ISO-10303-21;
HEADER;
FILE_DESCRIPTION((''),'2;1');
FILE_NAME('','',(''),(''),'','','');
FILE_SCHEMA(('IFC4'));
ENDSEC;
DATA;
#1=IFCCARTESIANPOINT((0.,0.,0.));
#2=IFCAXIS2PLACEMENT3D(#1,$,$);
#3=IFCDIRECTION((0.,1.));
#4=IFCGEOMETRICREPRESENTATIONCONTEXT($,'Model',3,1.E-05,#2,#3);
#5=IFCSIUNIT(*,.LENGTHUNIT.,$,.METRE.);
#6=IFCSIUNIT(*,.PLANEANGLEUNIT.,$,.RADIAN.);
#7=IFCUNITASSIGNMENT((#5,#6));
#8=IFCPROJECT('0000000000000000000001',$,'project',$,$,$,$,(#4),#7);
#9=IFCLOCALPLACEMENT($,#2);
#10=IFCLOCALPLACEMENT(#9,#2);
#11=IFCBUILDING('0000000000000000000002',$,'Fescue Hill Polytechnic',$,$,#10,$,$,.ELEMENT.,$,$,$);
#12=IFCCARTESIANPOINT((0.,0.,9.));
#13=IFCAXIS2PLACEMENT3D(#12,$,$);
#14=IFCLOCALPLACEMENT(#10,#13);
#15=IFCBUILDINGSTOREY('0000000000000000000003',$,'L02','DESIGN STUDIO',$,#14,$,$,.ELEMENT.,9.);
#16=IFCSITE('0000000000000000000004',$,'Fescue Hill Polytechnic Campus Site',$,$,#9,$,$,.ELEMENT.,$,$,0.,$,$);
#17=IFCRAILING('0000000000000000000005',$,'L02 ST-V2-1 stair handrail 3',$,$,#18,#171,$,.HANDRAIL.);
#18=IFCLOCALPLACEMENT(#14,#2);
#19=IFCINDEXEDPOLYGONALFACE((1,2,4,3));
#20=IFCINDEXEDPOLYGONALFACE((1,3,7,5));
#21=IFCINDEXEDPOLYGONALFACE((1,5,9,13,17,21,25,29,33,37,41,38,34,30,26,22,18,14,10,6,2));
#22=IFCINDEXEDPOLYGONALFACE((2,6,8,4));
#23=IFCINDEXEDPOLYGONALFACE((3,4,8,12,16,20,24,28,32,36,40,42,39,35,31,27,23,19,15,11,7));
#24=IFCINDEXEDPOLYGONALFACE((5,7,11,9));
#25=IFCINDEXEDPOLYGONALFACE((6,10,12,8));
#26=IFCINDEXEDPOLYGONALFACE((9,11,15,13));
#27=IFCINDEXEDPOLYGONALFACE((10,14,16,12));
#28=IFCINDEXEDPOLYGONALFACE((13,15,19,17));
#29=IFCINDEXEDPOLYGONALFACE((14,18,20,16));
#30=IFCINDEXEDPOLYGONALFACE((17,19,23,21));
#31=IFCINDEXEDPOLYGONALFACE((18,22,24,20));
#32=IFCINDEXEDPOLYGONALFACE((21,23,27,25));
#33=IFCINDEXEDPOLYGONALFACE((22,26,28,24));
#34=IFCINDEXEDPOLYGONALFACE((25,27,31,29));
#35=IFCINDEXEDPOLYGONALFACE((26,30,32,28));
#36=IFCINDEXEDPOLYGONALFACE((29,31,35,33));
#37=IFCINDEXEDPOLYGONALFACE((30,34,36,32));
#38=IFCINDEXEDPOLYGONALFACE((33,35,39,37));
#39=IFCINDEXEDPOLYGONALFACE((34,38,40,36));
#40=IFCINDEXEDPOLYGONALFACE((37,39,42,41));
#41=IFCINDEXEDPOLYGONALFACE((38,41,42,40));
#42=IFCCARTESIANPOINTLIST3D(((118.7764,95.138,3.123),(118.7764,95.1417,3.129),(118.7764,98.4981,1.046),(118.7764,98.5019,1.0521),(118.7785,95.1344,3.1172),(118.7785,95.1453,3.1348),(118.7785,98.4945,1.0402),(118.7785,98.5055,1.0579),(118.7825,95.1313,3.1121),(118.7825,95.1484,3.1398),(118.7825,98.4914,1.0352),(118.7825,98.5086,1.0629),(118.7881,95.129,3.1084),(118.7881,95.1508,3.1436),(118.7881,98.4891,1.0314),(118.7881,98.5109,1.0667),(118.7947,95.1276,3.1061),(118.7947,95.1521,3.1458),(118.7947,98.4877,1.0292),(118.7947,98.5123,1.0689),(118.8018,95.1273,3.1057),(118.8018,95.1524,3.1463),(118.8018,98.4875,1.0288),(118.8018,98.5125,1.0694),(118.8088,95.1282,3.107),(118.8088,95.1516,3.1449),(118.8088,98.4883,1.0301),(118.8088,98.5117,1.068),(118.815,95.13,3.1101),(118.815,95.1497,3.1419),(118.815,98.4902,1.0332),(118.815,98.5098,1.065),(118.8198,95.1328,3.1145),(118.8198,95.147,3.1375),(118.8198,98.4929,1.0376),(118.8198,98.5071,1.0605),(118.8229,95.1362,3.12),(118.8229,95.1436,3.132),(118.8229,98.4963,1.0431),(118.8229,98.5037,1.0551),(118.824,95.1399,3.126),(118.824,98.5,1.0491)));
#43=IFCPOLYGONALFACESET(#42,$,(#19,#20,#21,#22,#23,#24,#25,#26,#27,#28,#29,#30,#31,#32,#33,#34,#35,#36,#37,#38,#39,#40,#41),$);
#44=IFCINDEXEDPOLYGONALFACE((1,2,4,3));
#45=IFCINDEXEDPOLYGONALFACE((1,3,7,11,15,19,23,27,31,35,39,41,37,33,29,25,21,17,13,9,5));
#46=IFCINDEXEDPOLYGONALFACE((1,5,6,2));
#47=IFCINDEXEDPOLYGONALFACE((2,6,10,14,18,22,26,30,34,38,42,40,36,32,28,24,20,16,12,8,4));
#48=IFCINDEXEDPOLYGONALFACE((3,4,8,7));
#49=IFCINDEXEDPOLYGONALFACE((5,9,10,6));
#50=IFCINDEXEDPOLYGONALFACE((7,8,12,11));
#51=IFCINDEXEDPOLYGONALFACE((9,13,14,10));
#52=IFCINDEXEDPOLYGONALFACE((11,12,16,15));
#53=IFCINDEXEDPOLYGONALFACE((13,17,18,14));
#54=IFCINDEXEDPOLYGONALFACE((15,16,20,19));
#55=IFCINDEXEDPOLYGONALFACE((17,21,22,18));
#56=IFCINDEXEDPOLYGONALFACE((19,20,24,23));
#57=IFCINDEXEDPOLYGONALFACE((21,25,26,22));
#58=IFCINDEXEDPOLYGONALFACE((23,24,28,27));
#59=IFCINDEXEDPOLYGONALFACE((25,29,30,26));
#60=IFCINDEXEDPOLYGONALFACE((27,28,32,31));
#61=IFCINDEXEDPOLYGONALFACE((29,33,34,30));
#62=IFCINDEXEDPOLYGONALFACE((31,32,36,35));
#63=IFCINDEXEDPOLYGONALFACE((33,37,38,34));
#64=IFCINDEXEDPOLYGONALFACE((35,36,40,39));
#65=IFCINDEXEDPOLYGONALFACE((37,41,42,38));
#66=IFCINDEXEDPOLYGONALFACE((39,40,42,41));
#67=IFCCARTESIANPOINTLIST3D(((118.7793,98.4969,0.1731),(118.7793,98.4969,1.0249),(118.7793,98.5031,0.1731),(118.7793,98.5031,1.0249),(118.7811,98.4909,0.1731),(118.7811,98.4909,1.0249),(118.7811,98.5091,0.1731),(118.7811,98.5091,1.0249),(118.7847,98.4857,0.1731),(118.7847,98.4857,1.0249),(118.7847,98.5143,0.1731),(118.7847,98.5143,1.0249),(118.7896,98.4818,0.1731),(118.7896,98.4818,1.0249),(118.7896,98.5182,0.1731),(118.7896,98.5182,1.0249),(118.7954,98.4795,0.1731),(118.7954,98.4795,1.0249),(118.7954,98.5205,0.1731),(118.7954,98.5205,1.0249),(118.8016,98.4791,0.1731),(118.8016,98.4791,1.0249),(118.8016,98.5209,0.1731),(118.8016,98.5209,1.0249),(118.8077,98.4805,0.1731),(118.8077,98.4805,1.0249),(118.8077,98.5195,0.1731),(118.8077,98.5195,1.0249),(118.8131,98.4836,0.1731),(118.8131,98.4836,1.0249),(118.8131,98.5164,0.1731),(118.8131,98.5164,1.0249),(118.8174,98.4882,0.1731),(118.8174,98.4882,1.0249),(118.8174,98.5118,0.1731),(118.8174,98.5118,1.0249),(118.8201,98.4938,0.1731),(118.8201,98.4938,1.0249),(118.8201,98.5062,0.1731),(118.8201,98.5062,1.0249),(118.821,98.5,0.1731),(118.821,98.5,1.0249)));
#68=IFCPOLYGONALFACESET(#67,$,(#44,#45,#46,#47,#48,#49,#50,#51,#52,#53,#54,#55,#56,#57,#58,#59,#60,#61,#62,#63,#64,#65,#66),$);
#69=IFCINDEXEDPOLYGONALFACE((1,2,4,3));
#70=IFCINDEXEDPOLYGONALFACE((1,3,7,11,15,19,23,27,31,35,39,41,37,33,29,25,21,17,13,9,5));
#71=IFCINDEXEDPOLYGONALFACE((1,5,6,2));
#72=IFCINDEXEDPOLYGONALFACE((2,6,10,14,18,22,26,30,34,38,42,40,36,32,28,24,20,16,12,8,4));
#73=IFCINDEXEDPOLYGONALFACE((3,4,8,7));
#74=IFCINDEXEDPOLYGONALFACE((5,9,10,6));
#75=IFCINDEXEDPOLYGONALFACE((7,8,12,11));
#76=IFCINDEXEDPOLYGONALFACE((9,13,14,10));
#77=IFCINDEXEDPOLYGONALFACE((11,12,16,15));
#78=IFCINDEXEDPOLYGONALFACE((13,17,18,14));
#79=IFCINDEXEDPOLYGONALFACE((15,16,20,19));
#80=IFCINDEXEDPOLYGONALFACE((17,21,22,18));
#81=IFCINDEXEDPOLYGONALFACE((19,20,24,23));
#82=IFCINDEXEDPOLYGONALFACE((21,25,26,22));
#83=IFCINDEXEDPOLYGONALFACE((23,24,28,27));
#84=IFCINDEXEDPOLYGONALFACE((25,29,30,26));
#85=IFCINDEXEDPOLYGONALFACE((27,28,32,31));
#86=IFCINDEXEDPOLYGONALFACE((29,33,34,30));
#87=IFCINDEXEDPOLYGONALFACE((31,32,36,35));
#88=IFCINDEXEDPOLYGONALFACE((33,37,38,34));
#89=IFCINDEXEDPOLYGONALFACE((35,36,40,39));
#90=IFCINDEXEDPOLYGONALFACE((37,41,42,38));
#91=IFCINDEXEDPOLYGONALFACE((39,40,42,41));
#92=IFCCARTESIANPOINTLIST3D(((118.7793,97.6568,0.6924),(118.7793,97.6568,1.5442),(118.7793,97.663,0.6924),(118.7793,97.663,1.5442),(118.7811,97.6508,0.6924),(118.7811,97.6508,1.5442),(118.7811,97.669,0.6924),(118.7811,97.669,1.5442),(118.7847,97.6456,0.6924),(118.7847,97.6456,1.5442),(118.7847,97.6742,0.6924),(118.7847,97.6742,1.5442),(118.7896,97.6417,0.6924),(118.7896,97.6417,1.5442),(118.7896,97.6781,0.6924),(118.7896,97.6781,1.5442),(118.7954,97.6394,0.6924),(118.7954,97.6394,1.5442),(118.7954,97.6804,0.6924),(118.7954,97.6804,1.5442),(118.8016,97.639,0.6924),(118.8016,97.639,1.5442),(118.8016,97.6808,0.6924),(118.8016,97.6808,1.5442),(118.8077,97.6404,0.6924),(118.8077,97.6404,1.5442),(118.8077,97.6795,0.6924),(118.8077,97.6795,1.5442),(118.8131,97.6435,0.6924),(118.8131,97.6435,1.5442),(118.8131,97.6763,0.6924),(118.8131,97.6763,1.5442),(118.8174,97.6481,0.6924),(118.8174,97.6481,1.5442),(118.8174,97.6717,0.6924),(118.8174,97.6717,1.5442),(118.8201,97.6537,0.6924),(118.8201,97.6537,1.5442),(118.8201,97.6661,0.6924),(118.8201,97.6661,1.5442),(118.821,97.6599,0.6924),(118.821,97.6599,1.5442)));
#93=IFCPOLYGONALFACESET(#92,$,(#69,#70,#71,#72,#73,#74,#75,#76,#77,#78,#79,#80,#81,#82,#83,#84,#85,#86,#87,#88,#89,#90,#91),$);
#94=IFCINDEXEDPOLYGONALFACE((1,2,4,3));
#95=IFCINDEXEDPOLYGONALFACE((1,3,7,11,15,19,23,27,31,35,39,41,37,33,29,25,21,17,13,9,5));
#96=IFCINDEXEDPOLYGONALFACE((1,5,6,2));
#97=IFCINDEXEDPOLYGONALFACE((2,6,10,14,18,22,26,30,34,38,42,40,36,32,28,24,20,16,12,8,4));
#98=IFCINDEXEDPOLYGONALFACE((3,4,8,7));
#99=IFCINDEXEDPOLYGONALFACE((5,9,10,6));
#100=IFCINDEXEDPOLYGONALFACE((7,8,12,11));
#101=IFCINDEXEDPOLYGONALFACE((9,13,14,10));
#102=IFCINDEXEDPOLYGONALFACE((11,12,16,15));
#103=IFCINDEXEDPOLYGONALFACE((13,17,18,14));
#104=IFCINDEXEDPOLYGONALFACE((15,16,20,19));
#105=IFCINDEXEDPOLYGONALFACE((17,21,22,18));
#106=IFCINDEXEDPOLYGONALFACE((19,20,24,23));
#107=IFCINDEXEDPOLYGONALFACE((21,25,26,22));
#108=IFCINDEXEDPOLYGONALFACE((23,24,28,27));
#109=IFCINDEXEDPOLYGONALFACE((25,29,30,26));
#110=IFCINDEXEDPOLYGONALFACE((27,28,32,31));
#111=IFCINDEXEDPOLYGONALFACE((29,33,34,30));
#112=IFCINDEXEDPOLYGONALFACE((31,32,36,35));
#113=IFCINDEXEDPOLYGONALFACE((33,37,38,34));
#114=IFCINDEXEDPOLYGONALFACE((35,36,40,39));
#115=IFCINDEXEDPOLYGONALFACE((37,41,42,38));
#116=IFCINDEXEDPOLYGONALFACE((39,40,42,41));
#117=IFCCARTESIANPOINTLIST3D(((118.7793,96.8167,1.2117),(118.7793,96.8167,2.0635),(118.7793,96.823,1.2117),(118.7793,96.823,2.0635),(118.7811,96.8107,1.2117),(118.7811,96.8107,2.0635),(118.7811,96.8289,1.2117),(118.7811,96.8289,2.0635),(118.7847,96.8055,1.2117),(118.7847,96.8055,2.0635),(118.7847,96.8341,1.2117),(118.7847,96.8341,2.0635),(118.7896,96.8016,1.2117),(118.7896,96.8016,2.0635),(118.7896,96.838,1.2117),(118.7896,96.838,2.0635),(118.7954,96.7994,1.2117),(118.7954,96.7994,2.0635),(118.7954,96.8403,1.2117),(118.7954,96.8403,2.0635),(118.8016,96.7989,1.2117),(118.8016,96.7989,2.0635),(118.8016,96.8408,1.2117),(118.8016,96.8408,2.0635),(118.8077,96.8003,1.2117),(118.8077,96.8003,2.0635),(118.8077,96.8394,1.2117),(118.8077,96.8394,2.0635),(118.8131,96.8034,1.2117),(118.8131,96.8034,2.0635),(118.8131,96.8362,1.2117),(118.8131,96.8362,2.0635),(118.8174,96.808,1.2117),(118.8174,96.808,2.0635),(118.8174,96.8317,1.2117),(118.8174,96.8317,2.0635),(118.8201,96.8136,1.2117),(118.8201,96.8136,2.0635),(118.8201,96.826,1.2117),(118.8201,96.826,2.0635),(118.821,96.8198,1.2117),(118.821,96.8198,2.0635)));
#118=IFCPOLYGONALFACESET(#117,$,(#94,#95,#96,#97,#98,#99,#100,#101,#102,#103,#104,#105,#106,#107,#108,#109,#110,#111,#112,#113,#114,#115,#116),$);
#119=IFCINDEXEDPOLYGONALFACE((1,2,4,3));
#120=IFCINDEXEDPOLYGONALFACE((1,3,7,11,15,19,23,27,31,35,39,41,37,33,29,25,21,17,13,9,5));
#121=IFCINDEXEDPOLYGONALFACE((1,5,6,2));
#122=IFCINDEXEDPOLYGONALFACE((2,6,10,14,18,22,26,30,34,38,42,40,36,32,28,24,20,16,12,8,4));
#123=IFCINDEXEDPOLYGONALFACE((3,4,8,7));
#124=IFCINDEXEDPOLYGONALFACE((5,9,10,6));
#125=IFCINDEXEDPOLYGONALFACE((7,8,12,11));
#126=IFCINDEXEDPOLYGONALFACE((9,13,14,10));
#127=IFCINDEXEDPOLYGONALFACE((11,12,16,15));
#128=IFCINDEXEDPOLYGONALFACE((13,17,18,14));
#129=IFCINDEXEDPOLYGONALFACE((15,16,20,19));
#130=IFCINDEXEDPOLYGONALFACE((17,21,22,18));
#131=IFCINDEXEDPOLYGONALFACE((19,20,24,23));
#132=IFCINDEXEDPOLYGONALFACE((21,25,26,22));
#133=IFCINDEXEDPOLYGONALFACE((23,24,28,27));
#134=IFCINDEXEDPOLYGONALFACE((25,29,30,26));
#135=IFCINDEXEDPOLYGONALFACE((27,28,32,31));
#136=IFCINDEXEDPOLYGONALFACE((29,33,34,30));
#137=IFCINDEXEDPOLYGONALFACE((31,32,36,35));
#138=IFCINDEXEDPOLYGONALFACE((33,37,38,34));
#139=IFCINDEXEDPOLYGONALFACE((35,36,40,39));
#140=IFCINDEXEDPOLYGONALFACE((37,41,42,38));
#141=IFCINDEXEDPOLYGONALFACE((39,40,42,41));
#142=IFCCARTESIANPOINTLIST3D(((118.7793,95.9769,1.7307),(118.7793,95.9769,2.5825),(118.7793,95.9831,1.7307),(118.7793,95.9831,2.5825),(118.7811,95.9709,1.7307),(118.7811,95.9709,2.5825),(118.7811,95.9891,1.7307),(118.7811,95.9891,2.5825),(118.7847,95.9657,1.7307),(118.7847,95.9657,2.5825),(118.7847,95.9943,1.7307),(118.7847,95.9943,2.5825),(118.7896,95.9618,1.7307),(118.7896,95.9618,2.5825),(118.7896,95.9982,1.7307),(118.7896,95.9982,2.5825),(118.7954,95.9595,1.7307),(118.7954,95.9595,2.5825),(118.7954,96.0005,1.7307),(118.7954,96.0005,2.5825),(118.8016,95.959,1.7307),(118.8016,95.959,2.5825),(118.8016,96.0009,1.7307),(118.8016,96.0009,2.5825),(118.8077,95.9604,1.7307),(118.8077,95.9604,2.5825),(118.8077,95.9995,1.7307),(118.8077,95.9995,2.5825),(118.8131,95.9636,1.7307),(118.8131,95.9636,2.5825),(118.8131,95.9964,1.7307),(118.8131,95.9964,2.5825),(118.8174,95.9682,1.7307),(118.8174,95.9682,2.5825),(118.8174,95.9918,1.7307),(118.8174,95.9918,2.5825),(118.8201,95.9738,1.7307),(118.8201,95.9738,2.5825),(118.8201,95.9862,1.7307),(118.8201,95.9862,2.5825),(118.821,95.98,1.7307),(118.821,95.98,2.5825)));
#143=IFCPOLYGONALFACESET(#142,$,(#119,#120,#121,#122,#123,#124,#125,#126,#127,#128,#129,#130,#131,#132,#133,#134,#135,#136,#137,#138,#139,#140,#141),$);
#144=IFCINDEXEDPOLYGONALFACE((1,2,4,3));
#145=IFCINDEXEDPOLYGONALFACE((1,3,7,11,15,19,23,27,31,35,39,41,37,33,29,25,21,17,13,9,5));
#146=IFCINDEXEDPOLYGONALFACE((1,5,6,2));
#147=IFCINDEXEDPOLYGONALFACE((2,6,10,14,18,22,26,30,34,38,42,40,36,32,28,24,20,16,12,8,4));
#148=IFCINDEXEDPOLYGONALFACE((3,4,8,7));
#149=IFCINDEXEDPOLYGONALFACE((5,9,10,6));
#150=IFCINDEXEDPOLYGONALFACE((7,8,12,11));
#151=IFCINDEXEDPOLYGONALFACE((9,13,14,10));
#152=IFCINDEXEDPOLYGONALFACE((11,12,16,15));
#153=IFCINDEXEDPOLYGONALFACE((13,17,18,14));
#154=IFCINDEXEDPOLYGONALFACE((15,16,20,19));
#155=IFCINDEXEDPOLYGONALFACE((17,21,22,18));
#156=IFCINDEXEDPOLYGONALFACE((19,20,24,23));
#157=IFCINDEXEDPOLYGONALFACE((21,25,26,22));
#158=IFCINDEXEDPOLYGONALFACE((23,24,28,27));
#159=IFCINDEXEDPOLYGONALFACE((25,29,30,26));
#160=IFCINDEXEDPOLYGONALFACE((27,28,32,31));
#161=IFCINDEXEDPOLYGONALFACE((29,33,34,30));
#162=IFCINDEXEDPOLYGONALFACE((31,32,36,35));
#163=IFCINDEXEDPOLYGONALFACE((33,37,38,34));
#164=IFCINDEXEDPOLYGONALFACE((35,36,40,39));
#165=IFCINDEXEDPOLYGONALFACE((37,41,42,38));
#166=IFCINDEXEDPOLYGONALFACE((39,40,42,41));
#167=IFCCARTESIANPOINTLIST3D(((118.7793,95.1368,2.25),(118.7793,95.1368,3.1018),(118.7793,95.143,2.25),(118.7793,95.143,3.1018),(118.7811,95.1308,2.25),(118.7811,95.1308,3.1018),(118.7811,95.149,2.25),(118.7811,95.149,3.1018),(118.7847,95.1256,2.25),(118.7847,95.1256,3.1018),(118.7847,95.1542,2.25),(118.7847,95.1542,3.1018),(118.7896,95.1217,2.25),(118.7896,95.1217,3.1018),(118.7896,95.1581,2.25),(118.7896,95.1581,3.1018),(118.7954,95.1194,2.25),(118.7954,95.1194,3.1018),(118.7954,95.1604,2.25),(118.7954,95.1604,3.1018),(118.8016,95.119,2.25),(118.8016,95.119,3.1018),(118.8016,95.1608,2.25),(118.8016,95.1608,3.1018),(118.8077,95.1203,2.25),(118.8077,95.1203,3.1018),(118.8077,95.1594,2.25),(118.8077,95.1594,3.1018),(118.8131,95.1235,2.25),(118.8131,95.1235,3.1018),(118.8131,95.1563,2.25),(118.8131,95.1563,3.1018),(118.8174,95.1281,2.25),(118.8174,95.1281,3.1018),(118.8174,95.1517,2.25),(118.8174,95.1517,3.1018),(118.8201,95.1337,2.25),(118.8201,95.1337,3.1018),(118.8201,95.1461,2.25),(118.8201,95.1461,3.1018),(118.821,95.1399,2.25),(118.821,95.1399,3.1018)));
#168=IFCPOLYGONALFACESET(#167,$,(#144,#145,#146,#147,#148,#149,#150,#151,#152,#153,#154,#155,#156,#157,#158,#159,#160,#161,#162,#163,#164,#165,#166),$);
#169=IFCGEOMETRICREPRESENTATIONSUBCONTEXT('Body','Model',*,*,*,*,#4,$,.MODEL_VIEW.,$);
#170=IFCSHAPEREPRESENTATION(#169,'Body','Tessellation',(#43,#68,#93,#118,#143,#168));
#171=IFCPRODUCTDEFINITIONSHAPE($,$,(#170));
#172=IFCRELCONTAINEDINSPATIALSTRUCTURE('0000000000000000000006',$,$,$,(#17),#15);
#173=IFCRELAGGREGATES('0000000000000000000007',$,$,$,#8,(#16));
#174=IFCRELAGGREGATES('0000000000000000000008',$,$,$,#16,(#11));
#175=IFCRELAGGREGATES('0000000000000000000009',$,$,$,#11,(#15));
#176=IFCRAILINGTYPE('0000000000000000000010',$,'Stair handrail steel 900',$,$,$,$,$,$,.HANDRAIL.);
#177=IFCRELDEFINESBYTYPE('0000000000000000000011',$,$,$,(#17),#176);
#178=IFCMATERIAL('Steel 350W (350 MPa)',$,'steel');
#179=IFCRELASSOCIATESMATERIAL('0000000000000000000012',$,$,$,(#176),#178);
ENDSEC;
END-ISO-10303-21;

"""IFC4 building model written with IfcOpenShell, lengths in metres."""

from ifc_helpers import new_model, si_unit, direction, frame, origin, origin_2d, place, context, subcontext, project, spatial, circle, extrude, material, type_object, element, save


model = new_model("IFC4")

# Units and contexts
model_context = context("Model", 3, precision=1e-05, world=origin(), true_north=direction((0.0, 1.0)))
body_context = subcontext(model_context, "Body", "Model", "MODEL_VIEW")
ifc_project = project(units=[si_unit("LENGTHUNIT", "METRE"), si_unit("PLANEANGLEUNIT", "RADIAN")], contexts=[model_context])

# Site, building, storey
site_placement = place(None, origin())
site = spatial("IfcSite", under=ifc_project, at=site_placement, Name="Fescue Hill Polytechnic Campus Site", CompositionType="ELEMENT", RefElevation=0.0)
building_placement = place(site_placement, origin())
building = spatial("IfcBuilding", under=site, at=building_placement, Name="Fescue Hill Polytechnic", CompositionType="ELEMENT")
storey_placement = place(building_placement, frame((0.0, 0.0, 9.0)))
storey = spatial("IfcBuildingStorey", under=building, at=storey_placement, Name="L02", Description="DESIGN STUDIO", CompositionType="ELEMENT", Elevation=9.0)

# Railing
ifc_material_1 = material(Name="Steel 350W (350 MPa)", Category="steel")
railing_type_1 = type_object("IfcRailingType", Name="Stair handrail steel 900", PredefinedType="HANDRAIL", material=ifc_material_1)
for number, where, name in (
    (1, (118.8, 98.5, 0.1731), "L02 ST-V2-1 stair handrail 3"),
):
    element("IfcRailing", number, at=place(storey_placement, frame(where)), inside=storey, type_object=railing_type_1, Name=name, PredefinedType="HANDRAIL", context=body_context, shape_type="SweptSolid", body=[
        extrude(circle(Radius=0.0239, at=origin_2d()), frame((0.0, 0.0, 0.876), z_axis=(0.0, -0.850623, 0.525776), x_axis=(1.0, 0.0, 0.0)), (0.0, 0.0, 1.0), 3.9502),
        extrude(circle(Radius=0.021, at=origin_2d()), origin(), (0.0, 0.0, 1.0), 0.8518),
        extrude(circle(Radius=0.021, at=origin_2d()), frame((0.0, -0.8401, 0.5193)), (0.0, 0.0, 1.0), 0.8518),
        extrude(circle(Radius=0.021, at=origin_2d()), frame((0.0, -1.6802, 1.0386)), (0.0, 0.0, 1.0), 0.8518),
        extrude(circle(Radius=0.021, at=origin_2d()), frame((0.0, -2.52, 1.5576)), (0.0, 0.0, 1.0), 0.8518),
        extrude(circle(Radius=0.021, at=origin_2d()), frame((0.0, -3.3601, 2.0769)), (0.0, 0.0, 1.0), 0.8518),
    ])

save(model, "model.ifc")
